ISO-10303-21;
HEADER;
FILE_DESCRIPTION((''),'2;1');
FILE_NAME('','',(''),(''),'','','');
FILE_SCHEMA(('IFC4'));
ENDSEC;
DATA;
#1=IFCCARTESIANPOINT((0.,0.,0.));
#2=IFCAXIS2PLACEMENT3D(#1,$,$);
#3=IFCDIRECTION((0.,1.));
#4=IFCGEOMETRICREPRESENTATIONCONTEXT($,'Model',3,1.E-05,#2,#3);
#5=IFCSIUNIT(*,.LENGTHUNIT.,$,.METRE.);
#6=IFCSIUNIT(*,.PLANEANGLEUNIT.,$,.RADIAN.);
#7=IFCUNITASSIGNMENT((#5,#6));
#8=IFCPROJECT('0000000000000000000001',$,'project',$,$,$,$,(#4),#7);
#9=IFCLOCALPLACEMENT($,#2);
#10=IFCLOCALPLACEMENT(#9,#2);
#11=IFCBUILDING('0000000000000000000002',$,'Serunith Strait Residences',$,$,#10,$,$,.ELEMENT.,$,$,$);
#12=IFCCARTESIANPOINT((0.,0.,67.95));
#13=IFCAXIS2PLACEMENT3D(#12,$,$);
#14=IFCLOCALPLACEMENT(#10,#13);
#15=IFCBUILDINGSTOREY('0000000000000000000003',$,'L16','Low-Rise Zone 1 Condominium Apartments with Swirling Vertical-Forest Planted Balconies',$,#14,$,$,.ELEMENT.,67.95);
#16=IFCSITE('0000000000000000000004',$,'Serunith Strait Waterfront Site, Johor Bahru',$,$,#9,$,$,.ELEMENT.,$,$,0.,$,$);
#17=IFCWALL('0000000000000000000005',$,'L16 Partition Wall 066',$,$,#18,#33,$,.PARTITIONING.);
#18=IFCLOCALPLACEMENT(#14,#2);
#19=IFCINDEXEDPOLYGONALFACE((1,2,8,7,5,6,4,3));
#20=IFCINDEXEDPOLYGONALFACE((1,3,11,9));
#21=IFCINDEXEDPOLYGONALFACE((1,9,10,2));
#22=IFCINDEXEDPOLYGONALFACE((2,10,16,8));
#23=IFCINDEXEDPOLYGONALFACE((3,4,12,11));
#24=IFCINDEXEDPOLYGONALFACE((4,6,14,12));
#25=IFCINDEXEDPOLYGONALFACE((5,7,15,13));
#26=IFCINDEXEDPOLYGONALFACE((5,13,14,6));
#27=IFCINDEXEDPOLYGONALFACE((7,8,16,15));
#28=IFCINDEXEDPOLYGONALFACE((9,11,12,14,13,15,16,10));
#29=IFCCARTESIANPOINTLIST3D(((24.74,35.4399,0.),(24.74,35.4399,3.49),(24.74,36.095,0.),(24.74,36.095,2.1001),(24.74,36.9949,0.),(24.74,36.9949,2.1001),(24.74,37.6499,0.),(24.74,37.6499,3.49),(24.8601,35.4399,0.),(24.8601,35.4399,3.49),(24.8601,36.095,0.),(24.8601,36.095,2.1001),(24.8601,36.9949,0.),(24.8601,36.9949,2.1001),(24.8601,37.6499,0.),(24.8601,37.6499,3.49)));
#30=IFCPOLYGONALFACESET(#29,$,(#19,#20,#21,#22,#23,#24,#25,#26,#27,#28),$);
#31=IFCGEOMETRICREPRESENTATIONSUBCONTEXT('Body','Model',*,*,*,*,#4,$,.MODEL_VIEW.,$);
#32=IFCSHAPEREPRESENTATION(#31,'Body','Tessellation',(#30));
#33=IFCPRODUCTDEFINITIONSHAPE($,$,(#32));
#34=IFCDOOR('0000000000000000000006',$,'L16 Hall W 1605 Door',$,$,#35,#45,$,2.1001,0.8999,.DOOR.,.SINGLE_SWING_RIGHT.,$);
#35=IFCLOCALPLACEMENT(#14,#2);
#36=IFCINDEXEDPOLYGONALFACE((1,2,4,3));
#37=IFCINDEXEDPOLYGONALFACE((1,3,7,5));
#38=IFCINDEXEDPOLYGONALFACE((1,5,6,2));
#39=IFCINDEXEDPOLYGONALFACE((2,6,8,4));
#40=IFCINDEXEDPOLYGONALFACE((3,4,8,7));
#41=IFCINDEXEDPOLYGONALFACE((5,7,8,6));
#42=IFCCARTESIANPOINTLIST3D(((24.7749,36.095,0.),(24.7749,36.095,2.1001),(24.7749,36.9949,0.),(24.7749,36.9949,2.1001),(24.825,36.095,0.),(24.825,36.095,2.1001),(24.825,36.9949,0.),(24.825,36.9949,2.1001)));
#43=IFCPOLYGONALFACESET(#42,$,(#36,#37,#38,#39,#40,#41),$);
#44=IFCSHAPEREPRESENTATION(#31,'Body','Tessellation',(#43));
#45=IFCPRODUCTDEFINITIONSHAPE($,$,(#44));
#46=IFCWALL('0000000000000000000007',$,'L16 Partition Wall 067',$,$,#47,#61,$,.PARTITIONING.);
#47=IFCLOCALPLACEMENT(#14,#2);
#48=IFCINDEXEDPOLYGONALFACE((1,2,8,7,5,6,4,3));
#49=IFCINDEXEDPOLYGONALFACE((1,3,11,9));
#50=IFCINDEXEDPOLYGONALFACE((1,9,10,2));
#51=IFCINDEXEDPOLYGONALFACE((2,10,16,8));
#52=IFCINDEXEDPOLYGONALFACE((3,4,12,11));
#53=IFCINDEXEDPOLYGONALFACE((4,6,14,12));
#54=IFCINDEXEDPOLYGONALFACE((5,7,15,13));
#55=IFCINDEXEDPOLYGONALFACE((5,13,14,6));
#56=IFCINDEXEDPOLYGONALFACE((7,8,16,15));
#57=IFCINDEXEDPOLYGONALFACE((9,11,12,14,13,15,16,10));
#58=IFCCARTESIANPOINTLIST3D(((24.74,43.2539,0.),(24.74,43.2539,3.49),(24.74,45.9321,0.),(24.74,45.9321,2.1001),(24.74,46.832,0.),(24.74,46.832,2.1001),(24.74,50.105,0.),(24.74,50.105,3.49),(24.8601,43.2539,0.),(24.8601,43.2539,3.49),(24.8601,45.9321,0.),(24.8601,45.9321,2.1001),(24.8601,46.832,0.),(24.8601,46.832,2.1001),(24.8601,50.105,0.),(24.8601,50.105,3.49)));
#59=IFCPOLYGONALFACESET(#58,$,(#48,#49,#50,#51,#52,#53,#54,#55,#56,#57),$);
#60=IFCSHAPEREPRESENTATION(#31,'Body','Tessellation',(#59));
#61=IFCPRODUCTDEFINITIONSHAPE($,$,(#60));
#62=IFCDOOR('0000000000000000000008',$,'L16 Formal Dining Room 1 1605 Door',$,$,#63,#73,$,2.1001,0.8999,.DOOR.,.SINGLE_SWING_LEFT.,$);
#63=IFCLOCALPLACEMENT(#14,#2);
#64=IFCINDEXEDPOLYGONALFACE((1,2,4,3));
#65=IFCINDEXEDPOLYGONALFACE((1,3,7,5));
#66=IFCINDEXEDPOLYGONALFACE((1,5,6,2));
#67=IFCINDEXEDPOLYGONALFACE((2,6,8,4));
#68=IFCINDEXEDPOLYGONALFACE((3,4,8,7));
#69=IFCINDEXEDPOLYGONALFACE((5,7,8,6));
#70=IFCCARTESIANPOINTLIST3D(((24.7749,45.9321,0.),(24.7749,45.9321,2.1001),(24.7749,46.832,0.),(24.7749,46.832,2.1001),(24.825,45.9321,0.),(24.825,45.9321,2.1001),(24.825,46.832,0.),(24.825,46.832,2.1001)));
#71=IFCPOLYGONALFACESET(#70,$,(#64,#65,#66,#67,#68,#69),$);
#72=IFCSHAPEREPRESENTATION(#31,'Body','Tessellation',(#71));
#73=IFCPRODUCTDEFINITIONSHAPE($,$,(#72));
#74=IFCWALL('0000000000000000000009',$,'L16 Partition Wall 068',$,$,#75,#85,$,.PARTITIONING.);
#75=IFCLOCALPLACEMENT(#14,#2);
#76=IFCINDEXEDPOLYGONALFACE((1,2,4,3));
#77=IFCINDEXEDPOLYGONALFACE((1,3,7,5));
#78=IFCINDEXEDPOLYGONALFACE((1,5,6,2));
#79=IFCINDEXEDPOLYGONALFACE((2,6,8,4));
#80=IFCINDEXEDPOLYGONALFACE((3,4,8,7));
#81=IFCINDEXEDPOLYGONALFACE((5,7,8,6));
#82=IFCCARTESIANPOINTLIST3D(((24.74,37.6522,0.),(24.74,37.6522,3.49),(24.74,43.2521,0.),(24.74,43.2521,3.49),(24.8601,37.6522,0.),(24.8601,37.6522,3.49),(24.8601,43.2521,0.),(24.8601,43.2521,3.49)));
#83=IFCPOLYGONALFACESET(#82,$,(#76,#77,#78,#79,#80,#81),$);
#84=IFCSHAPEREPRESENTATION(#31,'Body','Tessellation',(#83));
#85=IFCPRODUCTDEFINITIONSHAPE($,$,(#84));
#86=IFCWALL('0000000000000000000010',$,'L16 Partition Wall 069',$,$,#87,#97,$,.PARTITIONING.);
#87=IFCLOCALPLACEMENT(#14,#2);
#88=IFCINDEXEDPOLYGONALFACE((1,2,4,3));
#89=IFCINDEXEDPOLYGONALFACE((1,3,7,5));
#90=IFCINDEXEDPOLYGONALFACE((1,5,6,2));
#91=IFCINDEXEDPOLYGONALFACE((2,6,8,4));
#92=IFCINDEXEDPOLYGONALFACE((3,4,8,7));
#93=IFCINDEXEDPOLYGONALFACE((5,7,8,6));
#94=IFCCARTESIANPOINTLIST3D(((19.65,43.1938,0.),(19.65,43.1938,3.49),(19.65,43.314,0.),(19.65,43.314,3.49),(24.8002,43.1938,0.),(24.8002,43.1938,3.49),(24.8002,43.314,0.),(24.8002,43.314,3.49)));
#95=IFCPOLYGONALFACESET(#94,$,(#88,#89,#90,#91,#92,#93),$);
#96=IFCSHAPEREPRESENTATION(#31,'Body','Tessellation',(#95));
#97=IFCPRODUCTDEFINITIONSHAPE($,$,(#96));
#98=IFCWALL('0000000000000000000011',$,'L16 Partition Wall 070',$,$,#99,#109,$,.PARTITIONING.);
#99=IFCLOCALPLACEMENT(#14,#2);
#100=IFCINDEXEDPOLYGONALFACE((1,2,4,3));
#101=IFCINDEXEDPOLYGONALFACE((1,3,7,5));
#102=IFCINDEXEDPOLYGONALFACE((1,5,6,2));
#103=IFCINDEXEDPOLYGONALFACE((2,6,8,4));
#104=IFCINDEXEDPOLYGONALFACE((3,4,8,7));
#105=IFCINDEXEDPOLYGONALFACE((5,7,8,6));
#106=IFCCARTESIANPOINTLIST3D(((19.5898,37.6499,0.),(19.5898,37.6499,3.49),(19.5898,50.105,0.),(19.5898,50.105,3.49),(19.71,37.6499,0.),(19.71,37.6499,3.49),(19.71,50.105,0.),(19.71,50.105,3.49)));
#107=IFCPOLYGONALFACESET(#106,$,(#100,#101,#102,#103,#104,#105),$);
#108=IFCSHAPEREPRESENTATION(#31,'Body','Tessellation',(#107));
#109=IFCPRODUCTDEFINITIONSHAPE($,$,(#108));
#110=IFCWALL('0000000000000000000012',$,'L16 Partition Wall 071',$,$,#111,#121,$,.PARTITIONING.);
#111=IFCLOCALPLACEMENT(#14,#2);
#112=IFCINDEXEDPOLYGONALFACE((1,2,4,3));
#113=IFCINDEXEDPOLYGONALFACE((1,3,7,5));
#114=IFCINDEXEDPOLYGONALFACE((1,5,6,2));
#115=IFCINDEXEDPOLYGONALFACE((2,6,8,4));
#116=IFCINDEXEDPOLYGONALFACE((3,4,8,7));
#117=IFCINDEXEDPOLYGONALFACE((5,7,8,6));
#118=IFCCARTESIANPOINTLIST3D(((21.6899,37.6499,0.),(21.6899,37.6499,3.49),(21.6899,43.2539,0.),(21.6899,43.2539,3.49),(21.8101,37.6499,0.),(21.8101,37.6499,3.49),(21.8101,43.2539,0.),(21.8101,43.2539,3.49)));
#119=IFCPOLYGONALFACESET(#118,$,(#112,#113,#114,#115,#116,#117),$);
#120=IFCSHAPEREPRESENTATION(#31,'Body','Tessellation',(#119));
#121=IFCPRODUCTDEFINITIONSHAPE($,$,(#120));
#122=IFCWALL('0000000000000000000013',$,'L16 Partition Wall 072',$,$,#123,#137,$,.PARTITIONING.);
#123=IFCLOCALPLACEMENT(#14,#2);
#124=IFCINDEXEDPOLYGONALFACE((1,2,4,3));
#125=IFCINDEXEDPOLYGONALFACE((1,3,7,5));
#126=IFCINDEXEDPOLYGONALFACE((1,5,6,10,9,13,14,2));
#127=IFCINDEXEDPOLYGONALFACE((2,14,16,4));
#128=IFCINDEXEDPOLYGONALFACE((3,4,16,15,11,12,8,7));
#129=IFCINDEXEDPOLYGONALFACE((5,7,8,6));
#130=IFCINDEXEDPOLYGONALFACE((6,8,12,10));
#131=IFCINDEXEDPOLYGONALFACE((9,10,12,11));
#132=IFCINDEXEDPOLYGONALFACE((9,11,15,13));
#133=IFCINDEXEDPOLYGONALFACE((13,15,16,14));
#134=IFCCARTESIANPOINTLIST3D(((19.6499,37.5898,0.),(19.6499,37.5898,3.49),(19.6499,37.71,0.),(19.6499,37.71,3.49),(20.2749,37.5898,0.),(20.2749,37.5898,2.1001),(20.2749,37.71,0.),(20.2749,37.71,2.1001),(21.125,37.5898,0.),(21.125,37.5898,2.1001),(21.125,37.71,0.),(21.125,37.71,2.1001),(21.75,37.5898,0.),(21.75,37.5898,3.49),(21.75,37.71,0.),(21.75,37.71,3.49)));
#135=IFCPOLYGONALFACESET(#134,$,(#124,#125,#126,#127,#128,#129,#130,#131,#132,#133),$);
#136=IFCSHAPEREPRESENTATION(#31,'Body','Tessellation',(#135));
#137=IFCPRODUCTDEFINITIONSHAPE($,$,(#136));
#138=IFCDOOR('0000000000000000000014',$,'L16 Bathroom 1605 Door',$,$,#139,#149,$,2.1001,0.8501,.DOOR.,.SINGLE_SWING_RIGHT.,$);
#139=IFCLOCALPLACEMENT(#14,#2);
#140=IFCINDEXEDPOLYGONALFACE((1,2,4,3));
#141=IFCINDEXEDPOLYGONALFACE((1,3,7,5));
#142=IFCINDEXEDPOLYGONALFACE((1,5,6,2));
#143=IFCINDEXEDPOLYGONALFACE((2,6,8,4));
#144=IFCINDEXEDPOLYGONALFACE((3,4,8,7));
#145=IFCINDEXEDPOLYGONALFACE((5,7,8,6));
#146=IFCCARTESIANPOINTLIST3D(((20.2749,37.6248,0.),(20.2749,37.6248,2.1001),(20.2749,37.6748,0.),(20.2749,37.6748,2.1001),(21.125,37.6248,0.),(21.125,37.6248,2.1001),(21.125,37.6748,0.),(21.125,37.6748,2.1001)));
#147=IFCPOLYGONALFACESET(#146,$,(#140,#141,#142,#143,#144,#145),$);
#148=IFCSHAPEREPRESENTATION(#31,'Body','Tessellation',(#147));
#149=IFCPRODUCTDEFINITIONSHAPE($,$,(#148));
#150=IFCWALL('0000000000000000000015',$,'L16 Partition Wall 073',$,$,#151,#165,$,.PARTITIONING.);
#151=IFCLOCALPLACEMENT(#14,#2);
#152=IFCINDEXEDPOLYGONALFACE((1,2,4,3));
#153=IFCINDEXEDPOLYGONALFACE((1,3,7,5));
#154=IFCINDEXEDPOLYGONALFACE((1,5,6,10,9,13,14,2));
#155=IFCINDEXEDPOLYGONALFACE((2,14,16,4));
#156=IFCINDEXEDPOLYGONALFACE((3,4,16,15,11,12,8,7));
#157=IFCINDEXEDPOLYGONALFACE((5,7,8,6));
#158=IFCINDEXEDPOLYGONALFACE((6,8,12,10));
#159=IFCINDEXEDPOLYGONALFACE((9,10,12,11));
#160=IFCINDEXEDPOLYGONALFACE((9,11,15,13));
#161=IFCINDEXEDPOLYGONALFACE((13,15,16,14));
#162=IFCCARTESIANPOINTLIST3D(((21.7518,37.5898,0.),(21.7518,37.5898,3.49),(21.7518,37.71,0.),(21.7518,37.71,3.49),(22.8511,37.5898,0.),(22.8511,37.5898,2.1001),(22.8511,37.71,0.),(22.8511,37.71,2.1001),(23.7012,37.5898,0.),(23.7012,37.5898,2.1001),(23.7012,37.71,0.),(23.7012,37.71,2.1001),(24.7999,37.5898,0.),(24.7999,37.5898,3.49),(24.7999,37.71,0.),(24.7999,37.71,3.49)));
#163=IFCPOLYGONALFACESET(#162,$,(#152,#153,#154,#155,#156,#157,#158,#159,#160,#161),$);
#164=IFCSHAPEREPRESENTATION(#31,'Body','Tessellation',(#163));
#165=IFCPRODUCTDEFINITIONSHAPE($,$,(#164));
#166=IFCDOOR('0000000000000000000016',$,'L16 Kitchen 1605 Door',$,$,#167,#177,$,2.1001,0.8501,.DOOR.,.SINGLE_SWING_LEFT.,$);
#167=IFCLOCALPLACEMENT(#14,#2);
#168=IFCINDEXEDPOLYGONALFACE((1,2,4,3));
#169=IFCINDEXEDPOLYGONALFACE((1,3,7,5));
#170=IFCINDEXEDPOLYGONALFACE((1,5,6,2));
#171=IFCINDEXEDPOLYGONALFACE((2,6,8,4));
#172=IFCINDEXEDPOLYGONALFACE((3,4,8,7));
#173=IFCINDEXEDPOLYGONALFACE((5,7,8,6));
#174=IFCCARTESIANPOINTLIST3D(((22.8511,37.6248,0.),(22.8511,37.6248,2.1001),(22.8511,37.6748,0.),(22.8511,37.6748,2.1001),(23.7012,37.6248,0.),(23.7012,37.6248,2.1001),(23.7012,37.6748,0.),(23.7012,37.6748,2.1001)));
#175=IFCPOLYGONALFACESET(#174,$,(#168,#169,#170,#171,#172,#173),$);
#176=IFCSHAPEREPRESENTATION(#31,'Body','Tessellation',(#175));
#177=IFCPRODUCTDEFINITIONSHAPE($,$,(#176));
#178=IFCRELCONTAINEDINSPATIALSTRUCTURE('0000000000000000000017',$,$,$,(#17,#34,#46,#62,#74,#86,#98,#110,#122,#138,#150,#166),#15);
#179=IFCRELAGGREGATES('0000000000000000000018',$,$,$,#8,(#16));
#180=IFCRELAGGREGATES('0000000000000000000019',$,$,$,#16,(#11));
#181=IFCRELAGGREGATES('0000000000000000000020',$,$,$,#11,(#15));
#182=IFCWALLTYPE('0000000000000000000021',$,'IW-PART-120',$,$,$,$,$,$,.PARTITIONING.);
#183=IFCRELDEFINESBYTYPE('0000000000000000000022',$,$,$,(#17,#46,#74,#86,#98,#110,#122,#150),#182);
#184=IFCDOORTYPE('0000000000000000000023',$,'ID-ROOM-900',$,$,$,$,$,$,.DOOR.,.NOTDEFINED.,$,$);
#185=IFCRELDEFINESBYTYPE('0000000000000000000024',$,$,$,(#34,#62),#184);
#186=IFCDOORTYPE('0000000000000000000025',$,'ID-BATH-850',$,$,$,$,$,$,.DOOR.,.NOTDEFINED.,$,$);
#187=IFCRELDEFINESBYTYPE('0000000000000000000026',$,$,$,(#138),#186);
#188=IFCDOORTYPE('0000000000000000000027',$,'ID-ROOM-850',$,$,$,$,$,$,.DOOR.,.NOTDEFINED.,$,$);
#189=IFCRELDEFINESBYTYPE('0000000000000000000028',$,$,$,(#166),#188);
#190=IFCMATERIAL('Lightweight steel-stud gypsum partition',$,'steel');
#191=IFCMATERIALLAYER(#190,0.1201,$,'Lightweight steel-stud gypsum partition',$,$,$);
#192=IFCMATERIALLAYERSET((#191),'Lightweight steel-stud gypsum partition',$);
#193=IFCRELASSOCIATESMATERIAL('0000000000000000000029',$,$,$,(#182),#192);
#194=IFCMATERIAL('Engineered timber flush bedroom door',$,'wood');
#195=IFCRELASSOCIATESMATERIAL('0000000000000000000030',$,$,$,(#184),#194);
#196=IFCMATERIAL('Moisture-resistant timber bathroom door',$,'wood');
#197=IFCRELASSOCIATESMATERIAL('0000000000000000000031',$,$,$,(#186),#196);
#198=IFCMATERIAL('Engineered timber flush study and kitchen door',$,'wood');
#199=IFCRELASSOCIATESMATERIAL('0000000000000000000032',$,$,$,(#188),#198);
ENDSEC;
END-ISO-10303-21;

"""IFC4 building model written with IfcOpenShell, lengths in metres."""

from ifc_helpers import new_model, si_unit, direction, frame, frame_2d, origin, place, context, subcontext, project, spatial, rectangle, extrude, source, transform, mapped, material, layer, layer_set, type_object, element, fill, save


model = new_model("IFC4")

# Units and contexts
model_context = context("Model", 3, precision=1e-05, world=origin(), true_north=direction((0.0, 1.0)))
body_context = subcontext(model_context, "Body", "Model", "MODEL_VIEW")
ifc_project = project(units=[si_unit("LENGTHUNIT", "METRE"), si_unit("PLANEANGLEUNIT", "RADIAN")], contexts=[model_context])

# Site, building, storey
site_placement = place(None, origin())
site = spatial("IfcSite", under=ifc_project, at=site_placement, Name="Serunith Strait Waterfront Site, Johor Bahru", CompositionType="ELEMENT", RefElevation=0.0)
building_placement = place(site_placement, origin())
building = spatial("IfcBuilding", under=site, at=building_placement, Name="Serunith Strait Residences", CompositionType="ELEMENT")
storey_placement = place(building_placement, frame((0.0, 0.0, 67.95)))
storey = spatial("IfcBuildingStorey", under=building, at=storey_placement, Name="L16", Description="Low-Rise Zone 1 Condominium Apartments with Swirling Vertical-Forest Planted Balconies", CompositionType="ELEMENT", Elevation=67.95)

# Walls, openings, doors
ifc_material_1 = material(Name="Lightweight steel-stud gypsum partition", Category="steel")
ifc_layer_1 = layer(ifc_material_1, 0.1201, Name="Lightweight steel-stud gypsum partition")
ifc_layer_set_1 = layer_set([ifc_layer_1], Name="Lightweight steel-stud gypsum partition")
wall_type = type_object("IfcWallType", Name="IW-PART-120", PredefinedType="PARTITIONING", material=ifc_layer_set_1)
wall_1_placement = place(storey_placement, frame((24.8, 37.6499, 0.0), z_axis=(0.0, 0.0, 1.0), x_axis=(0.0, -1.0, 0.0)))
wall_1 = element("IfcWall", 1, at=wall_1_placement, inside=storey, type_object=wall_type, Name="L16 Partition Wall 066", PredefinedType="PARTITIONING", context=body_context, shape_type="SweptSolid", body=[
    extrude(rectangle(XDim=2.21, YDim=0.1201, at=frame_2d((1.105, 0.0))), origin(), (0.0, 0.0, 1.0), 3.49),
])
opening_1_placement = place(wall_1_placement, frame((0.655, 0.0, 0.0)))
opening_1 = element("IfcOpeningElement", 2, at=opening_1_placement, cuts=wall_1, PredefinedType="OPENING", context=body_context, shape_type="SweptSolid", body=[
    extrude(rectangle(XDim=0.8999, YDim=2.1001, at=frame_2d((0.45, 1.05))), frame((0.0, 0.0701, 0.0), z_axis=(0.0, -1.0, 0.0), x_axis=(1.0, 0.0, 0.0)), (0.0, 0.0, 1.0), 0.1401),
])
ifc_material_2 = material(Name="Engineered timber flush bedroom door", Category="wood")
door_type_1 = type_object("IfcDoorType", Name="ID-ROOM-900", OperationType="NOTDEFINED", PredefinedType="DOOR", material=ifc_material_2)
shared_shape_1 = source(origin(), body_context, "Body", "SweptSolid", [
    extrude(rectangle(XDim=0.8999, YDim=2.1001, at=frame_2d((0.45, 1.05))), frame((0.0, 0.0249, 0.0), z_axis=(0.0, -1.0, 0.0), x_axis=(1.0, 0.0, 0.0)), (0.0, 0.0, 1.0), 0.05),
])
door_1_placement = place(opening_1_placement, origin())
door_1 = element("IfcDoor", 3, at=door_1_placement, inside=storey, type_object=door_type_1, Name="L16 Hall W 1605 Door", OperationType="SINGLE_SWING_RIGHT", OverallHeight=2.1001, OverallWidth=0.8999, PredefinedType="DOOR", context=body_context, shape_type="MappedRepresentation", body=[
    mapped(shared_shape_1, transform((0.0, 0.0, 0.0), scale=1.0)),
])
fill(opening_1, door_1)
wall_2_placement = place(storey_placement, frame((24.8, 50.105, 0.0), z_axis=(0.0, 0.0, 1.0), x_axis=(0.0, -1.0, 0.0)))
wall_2 = element("IfcWall", 4, at=wall_2_placement, inside=storey, type_object=wall_type, Name="L16 Partition Wall 067", PredefinedType="PARTITIONING", context=body_context, shape_type="SweptSolid", body=[
    extrude(rectangle(XDim=6.8511, YDim=0.1201, at=frame_2d((3.4255, 0.0))), origin(), (0.0, 0.0, 1.0), 3.49),
])
opening_2_placement = place(wall_2_placement, frame((3.2729, 0.0, 0.0)))
opening_2 = element("IfcOpeningElement", 5, at=opening_2_placement, cuts=wall_2, PredefinedType="OPENING", context=body_context, shape_type="SweptSolid", body=[
    extrude(rectangle(XDim=0.8999, YDim=2.1001, at=frame_2d((0.45, 1.05))), frame((0.0, 0.0701, 0.0), z_axis=(0.0, -1.0, 0.0), x_axis=(1.0, 0.0, 0.0)), (0.0, 0.0, 1.0), 0.1401),
])
door_2_placement = place(opening_2_placement, origin())
door_2 = element("IfcDoor", 6, at=door_2_placement, inside=storey, type_object=door_type_1, Name="L16 Formal Dining Room 1 1605 Door", OperationType="SINGLE_SWING_LEFT", OverallHeight=2.1001, OverallWidth=0.8999, PredefinedType="DOOR", context=body_context, shape_type="MappedRepresentation", body=[
    mapped(shared_shape_1, transform((0.0, 0.0, 0.0), scale=1.0)),
])
fill(opening_2, door_2)

# Walls
wall_3_placement = place(storey_placement, frame((24.8, 43.252, 0.0), z_axis=(0.0, 0.0, 1.0), x_axis=(0.0, -1.0, 0.0)))
element("IfcWall", 7, at=wall_3_placement, inside=storey, type_object=wall_type, Name="L16 Partition Wall 068", PredefinedType="PARTITIONING", context=body_context, shape_type="SweptSolid", body=[
    extrude(rectangle(XDim=5.5999, YDim=0.1201, at=frame_2d((2.7998, 0.0))), origin(), (0.0, 0.0, 1.0), 3.49),
])
wall_4_placement = place(storey_placement, frame((19.6499, 43.2539, 0.0), z_axis=(0.0, 0.0, 1.0), x_axis=(1.0, 0.0, 0.0)))
element("IfcWall", 8, at=wall_4_placement, inside=storey, type_object=wall_type, Name="L16 Partition Wall 069", PredefinedType="PARTITIONING", context=body_context, shape_type="SweptSolid", body=[
    extrude(rectangle(XDim=5.1501, YDim=0.1201, at=frame_2d((2.5752, 0.0))), origin(), (0.0, 0.0, 1.0), 3.49),
])
wall_5_placement = place(storey_placement, frame((19.6499, 50.105, 0.0), z_axis=(0.0, 0.0, 1.0), x_axis=(0.0, -1.0, 0.0)))
element("IfcWall", 9, at=wall_5_placement, inside=storey, type_object=wall_type, Name="L16 Partition Wall 070", PredefinedType="PARTITIONING", context=body_context, shape_type="SweptSolid", body=[
    extrude(rectangle(XDim=12.4551, YDim=0.1201, at=frame_2d((6.2275, 0.0))), origin(), (0.0, 0.0, 1.0), 3.49),
])
wall_6_placement = place(storey_placement, frame((21.75, 43.2539, 0.0), z_axis=(0.0, 0.0, 1.0), x_axis=(0.0, -1.0, 0.0)))
element("IfcWall", 10, at=wall_6_placement, inside=storey, type_object=wall_type, Name="L16 Partition Wall 071", PredefinedType="PARTITIONING", context=body_context, shape_type="SweptSolid", body=[
    extrude(rectangle(XDim=5.604, YDim=0.1201, at=frame_2d((2.802, 0.0))), origin(), (0.0, 0.0, 1.0), 3.49),
])

# Walls, openings, doors
wall_7_placement = place(storey_placement, frame((19.6499, 37.6499, 0.0), z_axis=(0.0, 0.0, 1.0), x_axis=(1.0, 0.0, 0.0)))
wall_7 = element("IfcWall", 11, at=wall_7_placement, inside=storey, type_object=wall_type, Name="L16 Partition Wall 072", PredefinedType="PARTITIONING", context=body_context, shape_type="SweptSolid", body=[
    extrude(rectangle(XDim=2.1001, YDim=0.1201, at=frame_2d((1.05, 0.0))), origin(), (0.0, 0.0, 1.0), 3.49),
])
opening_3_placement = place(wall_7_placement, frame((0.625, 0.0, 0.0)))
opening_3 = element("IfcOpeningElement", 12, at=opening_3_placement, cuts=wall_7, PredefinedType="OPENING", context=body_context, shape_type="SweptSolid", body=[
    extrude(rectangle(XDim=0.8501, YDim=2.1001, at=frame_2d((0.425, 1.05))), frame((0.0, 0.0701, 0.0), z_axis=(0.0, -1.0, 0.0), x_axis=(1.0, 0.0, 0.0)), (0.0, 0.0, 1.0), 0.1401),
])
ifc_material_3 = material(Name="Moisture-resistant timber bathroom door", Category="wood")
door_type_2 = type_object("IfcDoorType", Name="ID-BATH-850", OperationType="NOTDEFINED", PredefinedType="DOOR", material=ifc_material_3)
shared_shape_2 = source(origin(), body_context, "Body", "SweptSolid", [
    extrude(rectangle(XDim=0.8501, YDim=2.1001, at=frame_2d((0.425, 1.05))), frame((0.0, 0.0249, 0.0), z_axis=(0.0, -1.0, 0.0), x_axis=(1.0, 0.0, 0.0)), (0.0, 0.0, 1.0), 0.05),
])
door_3_placement = place(opening_3_placement, origin())
door_3 = element("IfcDoor", 13, at=door_3_placement, inside=storey, type_object=door_type_2, Name="L16 Bathroom 1605 Door", OperationType="SINGLE_SWING_RIGHT", OverallHeight=2.1001, OverallWidth=0.8501, PredefinedType="DOOR", context=body_context, shape_type="MappedRepresentation", body=[
    mapped(shared_shape_2, transform((0.0, 0.0, 0.0), scale=1.0)),
])
fill(opening_3, door_3)
wall_8_placement = place(storey_placement, frame((21.752, 37.6499, 0.0), z_axis=(0.0, 0.0, 1.0), x_axis=(1.0, 0.0, 0.0)))
wall_8 = element("IfcWall", 14, at=wall_8_placement, inside=storey, type_object=wall_type, Name="L16 Partition Wall 073", PredefinedType="PARTITIONING", context=body_context, shape_type="SweptSolid", body=[
    extrude(rectangle(XDim=3.0481, YDim=0.1201, at=frame_2d((1.5239, 0.0))), origin(), (0.0, 0.0, 1.0), 3.49),
])
opening_4_placement = place(wall_8_placement, frame((1.0991, 0.0, 0.0)))
opening_4 = element("IfcOpeningElement", 15, at=opening_4_placement, cuts=wall_8, PredefinedType="OPENING", context=body_context, shape_type="SweptSolid", body=[
    extrude(rectangle(XDim=0.8501, YDim=2.1001, at=frame_2d((0.425, 1.05))), frame((0.0, 0.0701, 0.0), z_axis=(0.0, -1.0, 0.0), x_axis=(1.0, 0.0, 0.0)), (0.0, 0.0, 1.0), 0.1401),
])
ifc_material_4 = material(Name="Engineered timber flush study and kitchen door", Category="wood")
door_type_3 = type_object("IfcDoorType", Name="ID-ROOM-850", OperationType="NOTDEFINED", PredefinedType="DOOR", material=ifc_material_4)
door_4_placement = place(opening_4_placement, origin())
door_4 = element("IfcDoor", 16, at=door_4_placement, inside=storey, type_object=door_type_3, Name="L16 Kitchen 1605 Door", OperationType="SINGLE_SWING_LEFT", OverallHeight=2.1001, OverallWidth=0.8501, PredefinedType="DOOR", context=body_context, shape_type="MappedRepresentation", body=[
    mapped(shared_shape_2, transform((0.0, 0.0, 0.0), scale=1.0)),
])
fill(opening_4, door_4)

save(model, "model.ifc")
